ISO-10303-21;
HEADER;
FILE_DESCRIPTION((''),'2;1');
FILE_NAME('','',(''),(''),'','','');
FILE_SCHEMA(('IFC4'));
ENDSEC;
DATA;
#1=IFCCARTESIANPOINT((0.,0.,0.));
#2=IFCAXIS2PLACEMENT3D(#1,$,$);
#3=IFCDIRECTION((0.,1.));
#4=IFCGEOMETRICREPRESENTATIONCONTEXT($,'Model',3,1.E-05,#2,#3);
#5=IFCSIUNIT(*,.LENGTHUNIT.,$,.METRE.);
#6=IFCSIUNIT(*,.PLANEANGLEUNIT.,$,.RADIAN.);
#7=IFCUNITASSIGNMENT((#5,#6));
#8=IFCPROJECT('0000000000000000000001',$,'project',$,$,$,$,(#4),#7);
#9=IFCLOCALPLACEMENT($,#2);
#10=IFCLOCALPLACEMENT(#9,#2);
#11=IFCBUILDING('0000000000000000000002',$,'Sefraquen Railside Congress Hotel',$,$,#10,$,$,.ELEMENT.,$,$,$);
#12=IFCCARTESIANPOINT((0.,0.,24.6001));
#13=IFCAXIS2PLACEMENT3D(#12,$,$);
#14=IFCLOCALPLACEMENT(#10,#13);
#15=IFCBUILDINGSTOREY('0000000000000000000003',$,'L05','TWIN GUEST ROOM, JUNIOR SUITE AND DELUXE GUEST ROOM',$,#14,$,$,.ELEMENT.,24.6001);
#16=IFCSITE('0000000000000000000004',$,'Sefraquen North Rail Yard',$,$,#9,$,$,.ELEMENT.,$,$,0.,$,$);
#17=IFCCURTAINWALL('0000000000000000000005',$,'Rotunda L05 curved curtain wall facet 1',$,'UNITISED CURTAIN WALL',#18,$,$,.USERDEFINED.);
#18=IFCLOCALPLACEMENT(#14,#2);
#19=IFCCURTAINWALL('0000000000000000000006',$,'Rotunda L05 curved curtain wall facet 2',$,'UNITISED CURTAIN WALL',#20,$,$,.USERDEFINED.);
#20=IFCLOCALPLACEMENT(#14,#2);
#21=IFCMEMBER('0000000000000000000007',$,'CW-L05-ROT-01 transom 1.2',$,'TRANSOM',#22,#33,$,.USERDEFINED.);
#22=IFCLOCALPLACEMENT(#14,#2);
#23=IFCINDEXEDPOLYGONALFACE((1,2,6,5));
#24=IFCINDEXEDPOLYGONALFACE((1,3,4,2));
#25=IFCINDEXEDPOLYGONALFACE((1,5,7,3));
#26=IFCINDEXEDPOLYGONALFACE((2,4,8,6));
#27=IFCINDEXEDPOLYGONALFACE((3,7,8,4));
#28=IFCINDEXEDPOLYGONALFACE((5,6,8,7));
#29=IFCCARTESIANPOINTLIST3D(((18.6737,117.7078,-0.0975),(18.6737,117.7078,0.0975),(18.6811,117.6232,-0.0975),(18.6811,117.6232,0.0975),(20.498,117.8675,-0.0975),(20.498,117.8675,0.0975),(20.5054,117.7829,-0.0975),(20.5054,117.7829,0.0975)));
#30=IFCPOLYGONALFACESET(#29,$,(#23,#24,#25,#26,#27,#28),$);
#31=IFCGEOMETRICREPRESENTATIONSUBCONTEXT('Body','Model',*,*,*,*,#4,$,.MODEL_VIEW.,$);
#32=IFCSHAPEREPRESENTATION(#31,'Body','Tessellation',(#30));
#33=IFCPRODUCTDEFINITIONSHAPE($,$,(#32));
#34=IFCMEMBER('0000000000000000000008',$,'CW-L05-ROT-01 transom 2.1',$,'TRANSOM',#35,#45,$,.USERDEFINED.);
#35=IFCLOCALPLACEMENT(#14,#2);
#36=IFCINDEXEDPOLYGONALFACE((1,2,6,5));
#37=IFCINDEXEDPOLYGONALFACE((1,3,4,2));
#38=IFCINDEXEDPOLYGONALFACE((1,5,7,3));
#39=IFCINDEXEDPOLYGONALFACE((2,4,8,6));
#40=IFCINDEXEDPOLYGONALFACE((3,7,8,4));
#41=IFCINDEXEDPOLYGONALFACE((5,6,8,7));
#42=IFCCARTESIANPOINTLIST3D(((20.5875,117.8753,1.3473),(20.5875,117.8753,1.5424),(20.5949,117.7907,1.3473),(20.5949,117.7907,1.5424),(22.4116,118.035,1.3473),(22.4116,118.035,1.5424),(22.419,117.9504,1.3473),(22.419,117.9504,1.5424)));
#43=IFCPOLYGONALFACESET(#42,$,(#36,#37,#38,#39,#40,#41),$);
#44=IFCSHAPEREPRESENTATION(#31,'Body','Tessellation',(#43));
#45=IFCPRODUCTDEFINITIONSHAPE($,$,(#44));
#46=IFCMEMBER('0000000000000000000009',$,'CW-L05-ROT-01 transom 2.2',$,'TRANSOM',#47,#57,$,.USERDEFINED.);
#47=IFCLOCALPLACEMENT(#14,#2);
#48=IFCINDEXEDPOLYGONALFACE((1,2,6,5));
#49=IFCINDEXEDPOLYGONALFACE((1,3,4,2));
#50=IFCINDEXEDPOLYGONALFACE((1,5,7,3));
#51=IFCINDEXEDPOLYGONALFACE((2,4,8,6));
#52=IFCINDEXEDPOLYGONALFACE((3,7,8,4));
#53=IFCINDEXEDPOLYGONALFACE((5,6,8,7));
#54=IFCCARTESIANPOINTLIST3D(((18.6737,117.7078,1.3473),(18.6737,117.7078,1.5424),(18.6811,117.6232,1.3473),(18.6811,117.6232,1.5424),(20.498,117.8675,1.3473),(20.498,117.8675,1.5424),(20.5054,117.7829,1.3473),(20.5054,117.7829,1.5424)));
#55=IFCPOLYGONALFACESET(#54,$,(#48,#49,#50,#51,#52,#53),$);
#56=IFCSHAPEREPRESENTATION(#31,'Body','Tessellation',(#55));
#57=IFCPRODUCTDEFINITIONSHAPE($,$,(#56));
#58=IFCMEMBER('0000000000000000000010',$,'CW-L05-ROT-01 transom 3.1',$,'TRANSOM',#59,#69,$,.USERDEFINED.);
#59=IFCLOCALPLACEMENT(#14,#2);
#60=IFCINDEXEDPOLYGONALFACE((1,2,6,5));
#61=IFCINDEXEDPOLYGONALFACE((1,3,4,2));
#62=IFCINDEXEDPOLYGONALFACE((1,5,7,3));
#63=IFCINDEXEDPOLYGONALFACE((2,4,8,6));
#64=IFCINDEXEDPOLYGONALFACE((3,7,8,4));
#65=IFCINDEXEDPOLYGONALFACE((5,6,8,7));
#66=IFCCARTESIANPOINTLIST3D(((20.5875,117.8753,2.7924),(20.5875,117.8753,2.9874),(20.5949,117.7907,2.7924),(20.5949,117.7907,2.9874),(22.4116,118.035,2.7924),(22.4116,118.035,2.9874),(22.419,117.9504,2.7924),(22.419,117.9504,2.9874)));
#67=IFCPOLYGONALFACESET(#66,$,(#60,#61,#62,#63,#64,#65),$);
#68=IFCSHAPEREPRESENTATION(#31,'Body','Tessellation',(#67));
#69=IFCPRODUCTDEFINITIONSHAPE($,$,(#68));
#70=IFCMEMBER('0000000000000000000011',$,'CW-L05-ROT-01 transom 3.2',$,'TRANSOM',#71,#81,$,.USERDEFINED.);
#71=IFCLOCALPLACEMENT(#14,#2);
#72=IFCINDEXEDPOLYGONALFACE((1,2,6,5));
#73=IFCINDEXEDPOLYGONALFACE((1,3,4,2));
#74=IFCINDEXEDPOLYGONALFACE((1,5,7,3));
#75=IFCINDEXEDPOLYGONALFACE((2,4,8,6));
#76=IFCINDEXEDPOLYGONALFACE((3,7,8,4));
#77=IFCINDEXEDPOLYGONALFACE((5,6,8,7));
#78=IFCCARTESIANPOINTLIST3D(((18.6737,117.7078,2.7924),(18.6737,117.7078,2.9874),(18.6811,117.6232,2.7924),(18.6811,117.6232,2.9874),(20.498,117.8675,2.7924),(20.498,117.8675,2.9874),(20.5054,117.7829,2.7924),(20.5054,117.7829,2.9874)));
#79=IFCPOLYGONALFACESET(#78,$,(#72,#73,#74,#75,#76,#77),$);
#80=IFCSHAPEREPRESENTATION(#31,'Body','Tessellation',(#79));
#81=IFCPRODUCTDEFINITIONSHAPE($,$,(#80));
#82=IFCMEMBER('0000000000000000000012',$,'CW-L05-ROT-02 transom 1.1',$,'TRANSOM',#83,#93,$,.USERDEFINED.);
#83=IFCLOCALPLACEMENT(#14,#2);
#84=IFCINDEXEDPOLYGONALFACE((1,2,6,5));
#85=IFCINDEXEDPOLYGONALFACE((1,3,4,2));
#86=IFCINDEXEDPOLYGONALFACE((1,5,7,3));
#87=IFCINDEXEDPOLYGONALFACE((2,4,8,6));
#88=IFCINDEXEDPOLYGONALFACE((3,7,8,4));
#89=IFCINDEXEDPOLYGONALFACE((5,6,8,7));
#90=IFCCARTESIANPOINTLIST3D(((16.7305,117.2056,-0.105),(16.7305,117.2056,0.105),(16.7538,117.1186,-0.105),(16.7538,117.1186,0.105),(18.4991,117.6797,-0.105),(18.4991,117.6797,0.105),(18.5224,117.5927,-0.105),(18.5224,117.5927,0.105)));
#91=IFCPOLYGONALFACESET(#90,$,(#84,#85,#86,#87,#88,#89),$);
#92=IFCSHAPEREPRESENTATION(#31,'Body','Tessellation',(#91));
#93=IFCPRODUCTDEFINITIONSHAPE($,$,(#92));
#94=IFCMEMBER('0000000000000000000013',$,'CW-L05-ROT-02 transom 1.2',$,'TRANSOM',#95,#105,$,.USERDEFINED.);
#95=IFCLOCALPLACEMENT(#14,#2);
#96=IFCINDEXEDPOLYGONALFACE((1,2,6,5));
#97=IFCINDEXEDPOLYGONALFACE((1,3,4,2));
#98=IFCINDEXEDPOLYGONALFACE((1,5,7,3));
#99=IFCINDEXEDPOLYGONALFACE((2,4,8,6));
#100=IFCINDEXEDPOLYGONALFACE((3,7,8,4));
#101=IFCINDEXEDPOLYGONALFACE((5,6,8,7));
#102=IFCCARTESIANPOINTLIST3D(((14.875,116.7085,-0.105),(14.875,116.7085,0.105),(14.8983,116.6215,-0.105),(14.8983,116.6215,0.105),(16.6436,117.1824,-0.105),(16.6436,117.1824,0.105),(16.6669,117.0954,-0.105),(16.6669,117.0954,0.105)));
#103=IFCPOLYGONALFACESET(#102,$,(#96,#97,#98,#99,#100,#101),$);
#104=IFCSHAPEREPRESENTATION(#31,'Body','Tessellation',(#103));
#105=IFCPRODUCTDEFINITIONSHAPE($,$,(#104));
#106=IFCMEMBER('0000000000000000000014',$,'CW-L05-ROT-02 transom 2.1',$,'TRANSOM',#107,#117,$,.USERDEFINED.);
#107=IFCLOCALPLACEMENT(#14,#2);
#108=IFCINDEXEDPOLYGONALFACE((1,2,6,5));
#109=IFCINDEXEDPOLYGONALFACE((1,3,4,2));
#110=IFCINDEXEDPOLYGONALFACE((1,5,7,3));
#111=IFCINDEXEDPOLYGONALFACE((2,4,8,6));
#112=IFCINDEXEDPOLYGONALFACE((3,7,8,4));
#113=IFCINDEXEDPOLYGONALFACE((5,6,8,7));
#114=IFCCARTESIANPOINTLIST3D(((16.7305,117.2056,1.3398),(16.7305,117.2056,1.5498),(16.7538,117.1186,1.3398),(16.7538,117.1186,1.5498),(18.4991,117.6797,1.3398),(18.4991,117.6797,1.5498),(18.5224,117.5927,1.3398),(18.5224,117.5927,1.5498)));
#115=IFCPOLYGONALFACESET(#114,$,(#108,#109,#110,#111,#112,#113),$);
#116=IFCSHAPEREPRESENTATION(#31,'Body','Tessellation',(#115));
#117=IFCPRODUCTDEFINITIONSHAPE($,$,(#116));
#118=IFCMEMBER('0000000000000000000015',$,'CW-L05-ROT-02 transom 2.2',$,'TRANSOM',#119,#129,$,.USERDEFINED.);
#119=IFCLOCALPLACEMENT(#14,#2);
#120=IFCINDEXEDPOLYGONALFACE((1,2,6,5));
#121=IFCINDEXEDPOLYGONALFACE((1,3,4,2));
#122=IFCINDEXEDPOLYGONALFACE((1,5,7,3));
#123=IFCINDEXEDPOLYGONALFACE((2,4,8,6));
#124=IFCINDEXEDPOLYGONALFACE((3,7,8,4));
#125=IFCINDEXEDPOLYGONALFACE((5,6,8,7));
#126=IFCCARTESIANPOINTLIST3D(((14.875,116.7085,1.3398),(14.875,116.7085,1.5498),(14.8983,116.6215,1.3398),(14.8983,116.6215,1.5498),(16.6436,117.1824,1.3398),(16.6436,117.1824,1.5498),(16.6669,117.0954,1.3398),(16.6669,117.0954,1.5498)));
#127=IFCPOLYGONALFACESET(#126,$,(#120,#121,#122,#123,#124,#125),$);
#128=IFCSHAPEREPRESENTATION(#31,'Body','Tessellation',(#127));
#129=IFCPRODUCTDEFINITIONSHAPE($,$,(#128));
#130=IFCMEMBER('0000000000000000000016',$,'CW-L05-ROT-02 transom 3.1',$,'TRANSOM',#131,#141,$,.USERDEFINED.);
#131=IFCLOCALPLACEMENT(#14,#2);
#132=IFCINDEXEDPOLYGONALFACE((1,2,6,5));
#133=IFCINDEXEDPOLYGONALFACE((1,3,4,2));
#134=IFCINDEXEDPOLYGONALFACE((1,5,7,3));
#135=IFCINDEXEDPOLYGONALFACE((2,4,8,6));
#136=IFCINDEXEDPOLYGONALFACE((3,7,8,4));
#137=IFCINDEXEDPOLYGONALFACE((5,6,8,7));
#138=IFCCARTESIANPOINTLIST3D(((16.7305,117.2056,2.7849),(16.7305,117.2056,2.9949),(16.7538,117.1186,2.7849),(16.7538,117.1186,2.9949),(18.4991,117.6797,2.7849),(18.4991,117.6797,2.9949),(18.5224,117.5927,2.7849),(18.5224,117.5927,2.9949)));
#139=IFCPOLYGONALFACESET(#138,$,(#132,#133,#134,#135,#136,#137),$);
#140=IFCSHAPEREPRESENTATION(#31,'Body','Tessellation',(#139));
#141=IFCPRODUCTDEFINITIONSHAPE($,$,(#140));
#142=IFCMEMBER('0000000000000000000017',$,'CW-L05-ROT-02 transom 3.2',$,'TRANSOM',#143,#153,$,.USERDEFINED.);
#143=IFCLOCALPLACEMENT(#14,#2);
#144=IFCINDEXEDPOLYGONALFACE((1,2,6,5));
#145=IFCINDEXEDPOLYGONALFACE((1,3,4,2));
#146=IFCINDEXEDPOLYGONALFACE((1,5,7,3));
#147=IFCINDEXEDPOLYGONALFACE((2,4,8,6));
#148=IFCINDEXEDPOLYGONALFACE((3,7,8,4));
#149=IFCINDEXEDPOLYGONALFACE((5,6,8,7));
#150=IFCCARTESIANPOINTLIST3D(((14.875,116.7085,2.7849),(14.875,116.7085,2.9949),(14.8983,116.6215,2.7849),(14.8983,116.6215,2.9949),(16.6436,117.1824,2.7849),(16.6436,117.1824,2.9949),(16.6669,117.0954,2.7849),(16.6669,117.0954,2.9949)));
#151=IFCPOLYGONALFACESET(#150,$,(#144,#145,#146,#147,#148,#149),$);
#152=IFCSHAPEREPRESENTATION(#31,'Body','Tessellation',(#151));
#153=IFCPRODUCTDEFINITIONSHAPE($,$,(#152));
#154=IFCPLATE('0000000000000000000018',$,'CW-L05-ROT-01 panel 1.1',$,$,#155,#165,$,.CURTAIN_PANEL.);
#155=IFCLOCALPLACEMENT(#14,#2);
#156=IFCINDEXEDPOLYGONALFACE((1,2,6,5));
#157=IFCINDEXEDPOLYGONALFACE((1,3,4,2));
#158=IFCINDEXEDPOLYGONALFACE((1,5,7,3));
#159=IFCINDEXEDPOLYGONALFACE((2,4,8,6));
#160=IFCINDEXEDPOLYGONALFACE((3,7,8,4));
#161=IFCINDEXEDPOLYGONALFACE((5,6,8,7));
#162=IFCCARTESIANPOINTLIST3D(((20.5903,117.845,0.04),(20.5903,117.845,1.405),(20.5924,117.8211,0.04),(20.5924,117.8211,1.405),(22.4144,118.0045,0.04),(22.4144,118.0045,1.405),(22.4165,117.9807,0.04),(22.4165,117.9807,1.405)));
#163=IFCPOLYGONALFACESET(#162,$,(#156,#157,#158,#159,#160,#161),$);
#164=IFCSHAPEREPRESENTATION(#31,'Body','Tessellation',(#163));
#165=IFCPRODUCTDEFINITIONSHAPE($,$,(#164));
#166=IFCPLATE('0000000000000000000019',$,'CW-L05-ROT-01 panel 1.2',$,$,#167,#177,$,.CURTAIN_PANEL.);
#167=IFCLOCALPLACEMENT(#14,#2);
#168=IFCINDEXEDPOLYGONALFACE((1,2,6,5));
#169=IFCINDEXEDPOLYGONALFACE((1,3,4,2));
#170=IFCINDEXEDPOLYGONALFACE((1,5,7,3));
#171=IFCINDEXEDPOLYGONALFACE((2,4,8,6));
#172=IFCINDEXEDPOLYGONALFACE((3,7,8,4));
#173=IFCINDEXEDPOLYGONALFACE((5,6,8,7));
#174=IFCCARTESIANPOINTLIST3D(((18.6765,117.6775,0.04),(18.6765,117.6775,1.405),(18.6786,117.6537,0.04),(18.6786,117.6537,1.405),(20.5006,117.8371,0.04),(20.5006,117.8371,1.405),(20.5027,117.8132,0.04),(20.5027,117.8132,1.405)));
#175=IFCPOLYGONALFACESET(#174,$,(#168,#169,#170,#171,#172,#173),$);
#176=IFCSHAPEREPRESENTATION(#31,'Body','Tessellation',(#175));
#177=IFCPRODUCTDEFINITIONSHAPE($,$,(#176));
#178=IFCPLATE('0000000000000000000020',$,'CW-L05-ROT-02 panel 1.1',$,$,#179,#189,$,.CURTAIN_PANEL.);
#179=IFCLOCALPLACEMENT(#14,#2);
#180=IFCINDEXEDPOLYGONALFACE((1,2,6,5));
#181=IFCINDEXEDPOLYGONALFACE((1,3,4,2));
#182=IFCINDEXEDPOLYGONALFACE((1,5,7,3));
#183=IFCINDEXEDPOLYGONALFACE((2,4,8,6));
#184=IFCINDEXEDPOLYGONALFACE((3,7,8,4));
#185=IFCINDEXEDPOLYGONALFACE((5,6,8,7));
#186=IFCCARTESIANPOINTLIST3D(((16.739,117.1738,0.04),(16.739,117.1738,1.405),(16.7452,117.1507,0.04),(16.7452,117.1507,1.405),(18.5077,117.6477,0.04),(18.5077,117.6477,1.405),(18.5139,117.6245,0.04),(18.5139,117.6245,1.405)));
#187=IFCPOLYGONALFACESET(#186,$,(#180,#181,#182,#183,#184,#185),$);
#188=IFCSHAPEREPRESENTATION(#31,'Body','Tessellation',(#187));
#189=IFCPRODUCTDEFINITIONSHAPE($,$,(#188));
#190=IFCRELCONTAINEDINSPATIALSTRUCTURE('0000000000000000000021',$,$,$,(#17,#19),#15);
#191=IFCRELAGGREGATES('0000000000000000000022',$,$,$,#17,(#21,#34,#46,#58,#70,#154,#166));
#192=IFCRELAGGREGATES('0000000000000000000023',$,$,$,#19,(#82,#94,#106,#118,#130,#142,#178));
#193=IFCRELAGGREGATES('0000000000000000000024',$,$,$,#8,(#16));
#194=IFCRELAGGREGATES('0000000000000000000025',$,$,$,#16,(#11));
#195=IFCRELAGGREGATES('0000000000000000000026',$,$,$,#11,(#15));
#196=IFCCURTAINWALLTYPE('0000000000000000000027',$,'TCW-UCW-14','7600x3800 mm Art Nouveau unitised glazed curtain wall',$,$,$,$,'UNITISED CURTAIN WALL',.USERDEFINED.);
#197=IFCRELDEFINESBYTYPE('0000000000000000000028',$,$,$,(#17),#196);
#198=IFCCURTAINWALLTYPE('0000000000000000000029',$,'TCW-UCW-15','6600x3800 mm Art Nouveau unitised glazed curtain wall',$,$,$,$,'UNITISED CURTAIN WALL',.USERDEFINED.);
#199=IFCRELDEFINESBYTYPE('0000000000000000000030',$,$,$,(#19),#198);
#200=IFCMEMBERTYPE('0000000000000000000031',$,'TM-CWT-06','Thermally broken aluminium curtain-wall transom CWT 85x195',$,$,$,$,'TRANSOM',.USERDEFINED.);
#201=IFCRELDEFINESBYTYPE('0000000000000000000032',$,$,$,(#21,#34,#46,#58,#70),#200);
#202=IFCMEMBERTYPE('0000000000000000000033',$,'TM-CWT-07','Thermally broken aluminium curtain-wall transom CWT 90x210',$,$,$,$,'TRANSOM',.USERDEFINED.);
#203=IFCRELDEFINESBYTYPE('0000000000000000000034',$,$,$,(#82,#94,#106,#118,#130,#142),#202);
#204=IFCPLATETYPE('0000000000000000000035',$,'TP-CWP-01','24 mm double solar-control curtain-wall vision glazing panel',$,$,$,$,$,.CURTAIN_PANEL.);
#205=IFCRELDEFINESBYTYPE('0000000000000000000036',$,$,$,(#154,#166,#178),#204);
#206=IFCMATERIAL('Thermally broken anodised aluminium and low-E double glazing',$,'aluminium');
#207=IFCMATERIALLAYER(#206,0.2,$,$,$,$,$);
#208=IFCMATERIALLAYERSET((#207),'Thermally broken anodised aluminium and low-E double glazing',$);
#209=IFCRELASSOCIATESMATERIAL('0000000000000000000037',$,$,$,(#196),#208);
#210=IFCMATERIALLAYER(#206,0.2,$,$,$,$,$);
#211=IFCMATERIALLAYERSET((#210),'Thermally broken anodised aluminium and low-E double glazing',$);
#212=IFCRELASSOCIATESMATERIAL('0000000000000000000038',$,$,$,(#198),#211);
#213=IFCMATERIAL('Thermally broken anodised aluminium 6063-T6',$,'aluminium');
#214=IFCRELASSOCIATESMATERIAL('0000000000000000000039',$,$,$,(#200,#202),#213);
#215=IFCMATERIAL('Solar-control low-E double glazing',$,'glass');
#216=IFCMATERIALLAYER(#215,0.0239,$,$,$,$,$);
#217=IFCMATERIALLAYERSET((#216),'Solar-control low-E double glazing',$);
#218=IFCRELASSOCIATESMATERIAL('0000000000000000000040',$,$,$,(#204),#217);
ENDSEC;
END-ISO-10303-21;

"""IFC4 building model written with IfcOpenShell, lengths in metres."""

from ifc_helpers import new_model, si_unit, direction, frame, origin, origin_2d, place, context, subcontext, project, spatial, rectangle, extrude, material, layer, layer_set, material_profile, profile_set, type_object, element, aggregate, save


model = new_model("IFC4")

# Units and contexts
model_context = context("Model", 3, precision=1e-05, world=origin(), true_north=direction((0.0, 1.0)))
body_context = subcontext(model_context, "Body", "Model", "MODEL_VIEW")
ifc_project = project(units=[si_unit("LENGTHUNIT", "METRE"), si_unit("PLANEANGLEUNIT", "RADIAN")], contexts=[model_context])

# Site, building, storey
site_placement = place(None, origin())
site = spatial("IfcSite", under=ifc_project, at=site_placement, Name="Sefraquen North Rail Yard", CompositionType="ELEMENT", RefElevation=0.0)
building_placement = place(site_placement, origin())
building = spatial("IfcBuilding", under=site, at=building_placement, Name="Sefraquen Railside Congress Hotel", CompositionType="ELEMENT")
storey_placement = place(building_placement, frame((0.0, 0.0, 24.6001)))
storey = spatial("IfcBuildingStorey", under=building, at=storey_placement, Name="L05", Description="TWIN GUEST ROOM, JUNIOR SUITE AND DELUXE GUEST ROOM", CompositionType="ELEMENT", Elevation=24.6001)

# Curtain walls
ifc_material_1 = material(Name="Thermally broken anodised aluminium and low-E double glazing", Category="aluminium")
ifc_layer_1 = layer(ifc_material_1, 0.2)
ifc_layer_set_1 = layer_set([ifc_layer_1], Name="Thermally broken anodised aluminium and low-E double glazing")
curtain_wall_type_1 = type_object("IfcCurtainWallType", Name="TCW-UCW-14", Description="7600x3800 mm Art Nouveau unitised glazed curtain wall", ElementType="UNITISED CURTAIN WALL", PredefinedType="USERDEFINED", material=ifc_layer_set_1)
curtain_wall_1_placement = place(storey_placement, origin())
curtain_wall_1 = element("IfcCurtainWall", 1, at=curtain_wall_1_placement, inside=storey, type_object=curtain_wall_type_1, Name="Rotunda L05 curved curtain wall facet 1", ObjectType="UNITISED CURTAIN WALL", PredefinedType="USERDEFINED")
ifc_material_2 = material(Name="Thermally broken anodised aluminium 6063-T6", Category="aluminium")
ifc_layer_2 = layer(ifc_material_1, 0.2)
ifc_layer_set_2 = layer_set([ifc_layer_2], Name="Thermally broken anodised aluminium and low-E double glazing")
curtain_wall_type_2 = type_object("IfcCurtainWallType", Name="TCW-UCW-15", Description="6600x3800 mm Art Nouveau unitised glazed curtain wall", ElementType="UNITISED CURTAIN WALL", PredefinedType="USERDEFINED", material=ifc_layer_set_2)
curtain_wall_2_placement = place(storey_placement, origin())
curtain_wall_2 = element("IfcCurtainWall", 2, at=curtain_wall_2_placement, inside=storey, type_object=curtain_wall_type_2, Name="Rotunda L05 curved curtain wall facet 2", ObjectType="UNITISED CURTAIN WALL", PredefinedType="USERDEFINED")

# Members
ifc_material_profile_1 = material_profile(ifc_material_2, rectangle(XDim=0.085, YDim=0.1951, at=origin_2d()), Name="CWT 85x195")
ifc_profile_set_1 = profile_set([ifc_material_profile_1], Name="Thermally broken anodised aluminium 6063-T6")
member_type_1 = type_object("IfcMemberType", Name="TM-CWT-06", Description="Thermally broken aluminium curtain-wall transom CWT 85x195", ElementType="TRANSOM", PredefinedType="USERDEFINED", material=ifc_profile_set_1)
member_1_placement = place(storey_placement, frame((20.5017, 117.8252, 0.0), z_axis=(-0.996191, -0.087193, 0.0), x_axis=(0.087193, -0.996191, 0.0)))
member_1 = element("IfcMember", 3, at=member_1_placement, type_object=member_type_1, Name="CW-L05-ROT-01 transom 1.2", ObjectType="TRANSOM", PredefinedType="USERDEFINED", context=body_context, shape_type="SweptSolid", body=[
    extrude(rectangle(XDim=0.085, YDim=0.1951, at=origin_2d()), origin(), (0.0, 0.0, 1.0), 1.8313),
])
member_2_placement = place(storey_placement, frame((22.4153, 117.9927, 1.4448), z_axis=(-0.99619, -0.087205, 0.0), x_axis=(0.087205, -0.99619, 0.0)))
member_2 = element("IfcMember", 4, at=member_2_placement, type_object=member_type_1, Name="CW-L05-ROT-01 transom 2.1", ObjectType="TRANSOM", PredefinedType="USERDEFINED", context=body_context, shape_type="SweptSolid", body=[
    extrude(rectangle(XDim=0.085, YDim=0.1951, at=origin_2d()), origin(), (0.0, 0.0, 1.0), 1.8311),
])
member_3_placement = place(storey_placement, frame((20.5017, 117.8252, 1.4448), z_axis=(-0.996191, -0.087193, 0.0), x_axis=(0.087193, -0.996191, 0.0)))
member_3 = element("IfcMember", 5, at=member_3_placement, type_object=member_type_1, Name="CW-L05-ROT-01 transom 2.2", ObjectType="TRANSOM", PredefinedType="USERDEFINED", context=body_context, shape_type="SweptSolid", body=[
    extrude(rectangle(XDim=0.085, YDim=0.1951, at=origin_2d()), origin(), (0.0, 0.0, 1.0), 1.8313),
])
member_4_placement = place(storey_placement, frame((22.4153, 117.9927, 2.8899), z_axis=(-0.99619, -0.087205, 0.0), x_axis=(0.087205, -0.99619, 0.0)))
member_4 = element("IfcMember", 6, at=member_4_placement, type_object=member_type_1, Name="CW-L05-ROT-01 transom 3.1", ObjectType="TRANSOM", PredefinedType="USERDEFINED", context=body_context, shape_type="SweptSolid", body=[
    extrude(rectangle(XDim=0.085, YDim=0.1951, at=origin_2d()), origin(), (0.0, 0.0, 1.0), 1.8311),
])
member_5_placement = place(storey_placement, frame((20.5017, 117.8252, 2.8899), z_axis=(-0.996191, -0.087193, 0.0), x_axis=(0.087193, -0.996191, 0.0)))
member_5 = element("IfcMember", 7, at=member_5_placement, type_object=member_type_1, Name="CW-L05-ROT-01 transom 3.2", ObjectType="TRANSOM", PredefinedType="USERDEFINED", context=body_context, shape_type="SweptSolid", body=[
    extrude(rectangle(XDim=0.085, YDim=0.1951, at=origin_2d()), origin(), (0.0, 0.0, 1.0), 1.8313),
])
ifc_material_profile_2 = material_profile(ifc_material_2, rectangle(XDim=0.0901, YDim=0.21, at=origin_2d()), Name="CWT 90x210")
ifc_profile_set_2 = profile_set([ifc_material_profile_2], Name="Thermally broken anodised aluminium 6063-T6")
member_type_2 = type_object("IfcMemberType", Name="TM-CWT-07", Description="Thermally broken aluminium curtain-wall transom CWT 90x210", ElementType="TRANSOM", PredefinedType="USERDEFINED", material=ifc_profile_set_2)
member_6_placement = place(storey_placement, frame((18.5107, 117.6362, 0.0), z_axis=(-0.965893, -0.25894, 0.0), x_axis=(0.25894, -0.965893, 0.0)))
member_6 = element("IfcMember", 8, at=member_6_placement, type_object=member_type_2, Name="CW-L05-ROT-02 transom 1.1", ObjectType="TRANSOM", PredefinedType="USERDEFINED", context=body_context, shape_type="SweptSolid", body=[
    extrude(rectangle(XDim=0.0901, YDim=0.21, at=origin_2d()), origin(), (0.0, 0.0, 1.0), 1.8311),
])
member_7_placement = place(storey_placement, frame((16.6553, 117.1389, 0.0), z_axis=(-0.965927, -0.258816, 0.0), x_axis=(0.258816, -0.965927, 0.0)))
member_7 = element("IfcMember", 9, at=member_7_placement, type_object=member_type_2, Name="CW-L05-ROT-02 transom 1.2", ObjectType="TRANSOM", PredefinedType="USERDEFINED", context=body_context, shape_type="SweptSolid", body=[
    extrude(rectangle(XDim=0.0901, YDim=0.21, at=origin_2d()), origin(), (0.0, 0.0, 1.0), 1.8311),
])
member_8_placement = place(storey_placement, frame((18.5107, 117.6362, 1.4448), z_axis=(-0.965893, -0.25894, 0.0), x_axis=(0.25894, -0.965893, 0.0)))
member_8 = element("IfcMember", 10, at=member_8_placement, type_object=member_type_2, Name="CW-L05-ROT-02 transom 2.1", ObjectType="TRANSOM", PredefinedType="USERDEFINED", context=body_context, shape_type="SweptSolid", body=[
    extrude(rectangle(XDim=0.0901, YDim=0.21, at=origin_2d()), origin(), (0.0, 0.0, 1.0), 1.8311),
])
member_9_placement = place(storey_placement, frame((16.6553, 117.1389, 1.4448), z_axis=(-0.965927, -0.258816, 0.0), x_axis=(0.258816, -0.965927, 0.0)))
member_9 = element("IfcMember", 11, at=member_9_placement, type_object=member_type_2, Name="CW-L05-ROT-02 transom 2.2", ObjectType="TRANSOM", PredefinedType="USERDEFINED", context=body_context, shape_type="SweptSolid", body=[
    extrude(rectangle(XDim=0.0901, YDim=0.21, at=origin_2d()), origin(), (0.0, 0.0, 1.0), 1.8311),
])
member_10_placement = place(storey_placement, frame((18.5107, 117.6362, 2.8899), z_axis=(-0.965893, -0.25894, 0.0), x_axis=(0.25894, -0.965893, 0.0)))
member_10 = element("IfcMember", 12, at=member_10_placement, type_object=member_type_2, Name="CW-L05-ROT-02 transom 3.1", ObjectType="TRANSOM", PredefinedType="USERDEFINED", context=body_context, shape_type="SweptSolid", body=[
    extrude(rectangle(XDim=0.0901, YDim=0.21, at=origin_2d()), origin(), (0.0, 0.0, 1.0), 1.8311),
])
member_11_placement = place(storey_placement, frame((16.6553, 117.1389, 2.8899), z_axis=(-0.965927, -0.258816, 0.0), x_axis=(0.258816, -0.965927, 0.0)))
member_11 = element("IfcMember", 13, at=member_11_placement, type_object=member_type_2, Name="CW-L05-ROT-02 transom 3.2", ObjectType="TRANSOM", PredefinedType="USERDEFINED", context=body_context, shape_type="SweptSolid", body=[
    extrude(rectangle(XDim=0.0901, YDim=0.21, at=origin_2d()), origin(), (0.0, 0.0, 1.0), 1.8311),
])

# Plates
ifc_material_3 = material(Name="Solar-control low-E double glazing", Category="glass")
ifc_layer_3 = layer(ifc_material_3, 0.0239)
ifc_layer_set_3 = layer_set([ifc_layer_3], Name="Solar-control low-E double glazing")
plate_type_1 = type_object("IfcPlateType", Name="TP-CWP-01", Description="24 mm double solar-control curtain-wall vision glazing panel", PredefinedType="CURTAIN_PANEL", material=ifc_layer_set_3)
plate_1_placement = place(storey_placement, frame((21.5034, 117.9128, 0.04), z_axis=(0.0, 0.0, 1.0), x_axis=(-0.996196, -0.087138, 0.0)))
plate_1 = element("IfcPlate", 14, at=plate_1_placement, type_object=plate_type_1, Name="CW-L05-ROT-01 panel 1.1", PredefinedType="CURTAIN_PANEL", context=body_context, shape_type="SweptSolid", body=[
    extrude(rectangle(XDim=1.8311, YDim=0.0239, at=origin_2d()), origin(), (0.0, 0.0, 1.0), 1.365),
])
plate_2_placement = place(storey_placement, frame((19.5896, 117.7454, 0.04), z_axis=(0.0, 0.0, 1.0), x_axis=(-0.996196, -0.087138, 0.0)))
plate_2 = element("IfcPlate", 15, at=plate_2_placement, type_object=plate_type_1, Name="CW-L05-ROT-01 panel 1.2", PredefinedType="CURTAIN_PANEL", context=body_context, shape_type="SweptSolid", body=[
    extrude(rectangle(XDim=1.8311, YDim=0.0239, at=origin_2d()), origin(), (0.0, 0.0, 1.0), 1.365),
])
plate_3_placement = place(storey_placement, frame((17.6265, 117.3992, 0.04), z_axis=(0.0, 0.0, 1.0), x_axis=(-0.965935, -0.258785, 0.0)))
plate_3 = element("IfcPlate", 16, at=plate_3_placement, type_object=plate_type_1, Name="CW-L05-ROT-02 panel 1.1", PredefinedType="CURTAIN_PANEL", context=body_context, shape_type="SweptSolid", body=[
    extrude(rectangle(XDim=1.8311, YDim=0.0239, at=origin_2d()), origin(), (0.0, 0.0, 1.0), 1.365),
])
aggregate(curtain_wall_1, [member_1, member_2, member_3, member_4, member_5, plate_1, plate_2])
aggregate(curtain_wall_2, [member_6, member_7, member_8, member_9, member_10, member_11, plate_3])

save(model, "model.ifc")
